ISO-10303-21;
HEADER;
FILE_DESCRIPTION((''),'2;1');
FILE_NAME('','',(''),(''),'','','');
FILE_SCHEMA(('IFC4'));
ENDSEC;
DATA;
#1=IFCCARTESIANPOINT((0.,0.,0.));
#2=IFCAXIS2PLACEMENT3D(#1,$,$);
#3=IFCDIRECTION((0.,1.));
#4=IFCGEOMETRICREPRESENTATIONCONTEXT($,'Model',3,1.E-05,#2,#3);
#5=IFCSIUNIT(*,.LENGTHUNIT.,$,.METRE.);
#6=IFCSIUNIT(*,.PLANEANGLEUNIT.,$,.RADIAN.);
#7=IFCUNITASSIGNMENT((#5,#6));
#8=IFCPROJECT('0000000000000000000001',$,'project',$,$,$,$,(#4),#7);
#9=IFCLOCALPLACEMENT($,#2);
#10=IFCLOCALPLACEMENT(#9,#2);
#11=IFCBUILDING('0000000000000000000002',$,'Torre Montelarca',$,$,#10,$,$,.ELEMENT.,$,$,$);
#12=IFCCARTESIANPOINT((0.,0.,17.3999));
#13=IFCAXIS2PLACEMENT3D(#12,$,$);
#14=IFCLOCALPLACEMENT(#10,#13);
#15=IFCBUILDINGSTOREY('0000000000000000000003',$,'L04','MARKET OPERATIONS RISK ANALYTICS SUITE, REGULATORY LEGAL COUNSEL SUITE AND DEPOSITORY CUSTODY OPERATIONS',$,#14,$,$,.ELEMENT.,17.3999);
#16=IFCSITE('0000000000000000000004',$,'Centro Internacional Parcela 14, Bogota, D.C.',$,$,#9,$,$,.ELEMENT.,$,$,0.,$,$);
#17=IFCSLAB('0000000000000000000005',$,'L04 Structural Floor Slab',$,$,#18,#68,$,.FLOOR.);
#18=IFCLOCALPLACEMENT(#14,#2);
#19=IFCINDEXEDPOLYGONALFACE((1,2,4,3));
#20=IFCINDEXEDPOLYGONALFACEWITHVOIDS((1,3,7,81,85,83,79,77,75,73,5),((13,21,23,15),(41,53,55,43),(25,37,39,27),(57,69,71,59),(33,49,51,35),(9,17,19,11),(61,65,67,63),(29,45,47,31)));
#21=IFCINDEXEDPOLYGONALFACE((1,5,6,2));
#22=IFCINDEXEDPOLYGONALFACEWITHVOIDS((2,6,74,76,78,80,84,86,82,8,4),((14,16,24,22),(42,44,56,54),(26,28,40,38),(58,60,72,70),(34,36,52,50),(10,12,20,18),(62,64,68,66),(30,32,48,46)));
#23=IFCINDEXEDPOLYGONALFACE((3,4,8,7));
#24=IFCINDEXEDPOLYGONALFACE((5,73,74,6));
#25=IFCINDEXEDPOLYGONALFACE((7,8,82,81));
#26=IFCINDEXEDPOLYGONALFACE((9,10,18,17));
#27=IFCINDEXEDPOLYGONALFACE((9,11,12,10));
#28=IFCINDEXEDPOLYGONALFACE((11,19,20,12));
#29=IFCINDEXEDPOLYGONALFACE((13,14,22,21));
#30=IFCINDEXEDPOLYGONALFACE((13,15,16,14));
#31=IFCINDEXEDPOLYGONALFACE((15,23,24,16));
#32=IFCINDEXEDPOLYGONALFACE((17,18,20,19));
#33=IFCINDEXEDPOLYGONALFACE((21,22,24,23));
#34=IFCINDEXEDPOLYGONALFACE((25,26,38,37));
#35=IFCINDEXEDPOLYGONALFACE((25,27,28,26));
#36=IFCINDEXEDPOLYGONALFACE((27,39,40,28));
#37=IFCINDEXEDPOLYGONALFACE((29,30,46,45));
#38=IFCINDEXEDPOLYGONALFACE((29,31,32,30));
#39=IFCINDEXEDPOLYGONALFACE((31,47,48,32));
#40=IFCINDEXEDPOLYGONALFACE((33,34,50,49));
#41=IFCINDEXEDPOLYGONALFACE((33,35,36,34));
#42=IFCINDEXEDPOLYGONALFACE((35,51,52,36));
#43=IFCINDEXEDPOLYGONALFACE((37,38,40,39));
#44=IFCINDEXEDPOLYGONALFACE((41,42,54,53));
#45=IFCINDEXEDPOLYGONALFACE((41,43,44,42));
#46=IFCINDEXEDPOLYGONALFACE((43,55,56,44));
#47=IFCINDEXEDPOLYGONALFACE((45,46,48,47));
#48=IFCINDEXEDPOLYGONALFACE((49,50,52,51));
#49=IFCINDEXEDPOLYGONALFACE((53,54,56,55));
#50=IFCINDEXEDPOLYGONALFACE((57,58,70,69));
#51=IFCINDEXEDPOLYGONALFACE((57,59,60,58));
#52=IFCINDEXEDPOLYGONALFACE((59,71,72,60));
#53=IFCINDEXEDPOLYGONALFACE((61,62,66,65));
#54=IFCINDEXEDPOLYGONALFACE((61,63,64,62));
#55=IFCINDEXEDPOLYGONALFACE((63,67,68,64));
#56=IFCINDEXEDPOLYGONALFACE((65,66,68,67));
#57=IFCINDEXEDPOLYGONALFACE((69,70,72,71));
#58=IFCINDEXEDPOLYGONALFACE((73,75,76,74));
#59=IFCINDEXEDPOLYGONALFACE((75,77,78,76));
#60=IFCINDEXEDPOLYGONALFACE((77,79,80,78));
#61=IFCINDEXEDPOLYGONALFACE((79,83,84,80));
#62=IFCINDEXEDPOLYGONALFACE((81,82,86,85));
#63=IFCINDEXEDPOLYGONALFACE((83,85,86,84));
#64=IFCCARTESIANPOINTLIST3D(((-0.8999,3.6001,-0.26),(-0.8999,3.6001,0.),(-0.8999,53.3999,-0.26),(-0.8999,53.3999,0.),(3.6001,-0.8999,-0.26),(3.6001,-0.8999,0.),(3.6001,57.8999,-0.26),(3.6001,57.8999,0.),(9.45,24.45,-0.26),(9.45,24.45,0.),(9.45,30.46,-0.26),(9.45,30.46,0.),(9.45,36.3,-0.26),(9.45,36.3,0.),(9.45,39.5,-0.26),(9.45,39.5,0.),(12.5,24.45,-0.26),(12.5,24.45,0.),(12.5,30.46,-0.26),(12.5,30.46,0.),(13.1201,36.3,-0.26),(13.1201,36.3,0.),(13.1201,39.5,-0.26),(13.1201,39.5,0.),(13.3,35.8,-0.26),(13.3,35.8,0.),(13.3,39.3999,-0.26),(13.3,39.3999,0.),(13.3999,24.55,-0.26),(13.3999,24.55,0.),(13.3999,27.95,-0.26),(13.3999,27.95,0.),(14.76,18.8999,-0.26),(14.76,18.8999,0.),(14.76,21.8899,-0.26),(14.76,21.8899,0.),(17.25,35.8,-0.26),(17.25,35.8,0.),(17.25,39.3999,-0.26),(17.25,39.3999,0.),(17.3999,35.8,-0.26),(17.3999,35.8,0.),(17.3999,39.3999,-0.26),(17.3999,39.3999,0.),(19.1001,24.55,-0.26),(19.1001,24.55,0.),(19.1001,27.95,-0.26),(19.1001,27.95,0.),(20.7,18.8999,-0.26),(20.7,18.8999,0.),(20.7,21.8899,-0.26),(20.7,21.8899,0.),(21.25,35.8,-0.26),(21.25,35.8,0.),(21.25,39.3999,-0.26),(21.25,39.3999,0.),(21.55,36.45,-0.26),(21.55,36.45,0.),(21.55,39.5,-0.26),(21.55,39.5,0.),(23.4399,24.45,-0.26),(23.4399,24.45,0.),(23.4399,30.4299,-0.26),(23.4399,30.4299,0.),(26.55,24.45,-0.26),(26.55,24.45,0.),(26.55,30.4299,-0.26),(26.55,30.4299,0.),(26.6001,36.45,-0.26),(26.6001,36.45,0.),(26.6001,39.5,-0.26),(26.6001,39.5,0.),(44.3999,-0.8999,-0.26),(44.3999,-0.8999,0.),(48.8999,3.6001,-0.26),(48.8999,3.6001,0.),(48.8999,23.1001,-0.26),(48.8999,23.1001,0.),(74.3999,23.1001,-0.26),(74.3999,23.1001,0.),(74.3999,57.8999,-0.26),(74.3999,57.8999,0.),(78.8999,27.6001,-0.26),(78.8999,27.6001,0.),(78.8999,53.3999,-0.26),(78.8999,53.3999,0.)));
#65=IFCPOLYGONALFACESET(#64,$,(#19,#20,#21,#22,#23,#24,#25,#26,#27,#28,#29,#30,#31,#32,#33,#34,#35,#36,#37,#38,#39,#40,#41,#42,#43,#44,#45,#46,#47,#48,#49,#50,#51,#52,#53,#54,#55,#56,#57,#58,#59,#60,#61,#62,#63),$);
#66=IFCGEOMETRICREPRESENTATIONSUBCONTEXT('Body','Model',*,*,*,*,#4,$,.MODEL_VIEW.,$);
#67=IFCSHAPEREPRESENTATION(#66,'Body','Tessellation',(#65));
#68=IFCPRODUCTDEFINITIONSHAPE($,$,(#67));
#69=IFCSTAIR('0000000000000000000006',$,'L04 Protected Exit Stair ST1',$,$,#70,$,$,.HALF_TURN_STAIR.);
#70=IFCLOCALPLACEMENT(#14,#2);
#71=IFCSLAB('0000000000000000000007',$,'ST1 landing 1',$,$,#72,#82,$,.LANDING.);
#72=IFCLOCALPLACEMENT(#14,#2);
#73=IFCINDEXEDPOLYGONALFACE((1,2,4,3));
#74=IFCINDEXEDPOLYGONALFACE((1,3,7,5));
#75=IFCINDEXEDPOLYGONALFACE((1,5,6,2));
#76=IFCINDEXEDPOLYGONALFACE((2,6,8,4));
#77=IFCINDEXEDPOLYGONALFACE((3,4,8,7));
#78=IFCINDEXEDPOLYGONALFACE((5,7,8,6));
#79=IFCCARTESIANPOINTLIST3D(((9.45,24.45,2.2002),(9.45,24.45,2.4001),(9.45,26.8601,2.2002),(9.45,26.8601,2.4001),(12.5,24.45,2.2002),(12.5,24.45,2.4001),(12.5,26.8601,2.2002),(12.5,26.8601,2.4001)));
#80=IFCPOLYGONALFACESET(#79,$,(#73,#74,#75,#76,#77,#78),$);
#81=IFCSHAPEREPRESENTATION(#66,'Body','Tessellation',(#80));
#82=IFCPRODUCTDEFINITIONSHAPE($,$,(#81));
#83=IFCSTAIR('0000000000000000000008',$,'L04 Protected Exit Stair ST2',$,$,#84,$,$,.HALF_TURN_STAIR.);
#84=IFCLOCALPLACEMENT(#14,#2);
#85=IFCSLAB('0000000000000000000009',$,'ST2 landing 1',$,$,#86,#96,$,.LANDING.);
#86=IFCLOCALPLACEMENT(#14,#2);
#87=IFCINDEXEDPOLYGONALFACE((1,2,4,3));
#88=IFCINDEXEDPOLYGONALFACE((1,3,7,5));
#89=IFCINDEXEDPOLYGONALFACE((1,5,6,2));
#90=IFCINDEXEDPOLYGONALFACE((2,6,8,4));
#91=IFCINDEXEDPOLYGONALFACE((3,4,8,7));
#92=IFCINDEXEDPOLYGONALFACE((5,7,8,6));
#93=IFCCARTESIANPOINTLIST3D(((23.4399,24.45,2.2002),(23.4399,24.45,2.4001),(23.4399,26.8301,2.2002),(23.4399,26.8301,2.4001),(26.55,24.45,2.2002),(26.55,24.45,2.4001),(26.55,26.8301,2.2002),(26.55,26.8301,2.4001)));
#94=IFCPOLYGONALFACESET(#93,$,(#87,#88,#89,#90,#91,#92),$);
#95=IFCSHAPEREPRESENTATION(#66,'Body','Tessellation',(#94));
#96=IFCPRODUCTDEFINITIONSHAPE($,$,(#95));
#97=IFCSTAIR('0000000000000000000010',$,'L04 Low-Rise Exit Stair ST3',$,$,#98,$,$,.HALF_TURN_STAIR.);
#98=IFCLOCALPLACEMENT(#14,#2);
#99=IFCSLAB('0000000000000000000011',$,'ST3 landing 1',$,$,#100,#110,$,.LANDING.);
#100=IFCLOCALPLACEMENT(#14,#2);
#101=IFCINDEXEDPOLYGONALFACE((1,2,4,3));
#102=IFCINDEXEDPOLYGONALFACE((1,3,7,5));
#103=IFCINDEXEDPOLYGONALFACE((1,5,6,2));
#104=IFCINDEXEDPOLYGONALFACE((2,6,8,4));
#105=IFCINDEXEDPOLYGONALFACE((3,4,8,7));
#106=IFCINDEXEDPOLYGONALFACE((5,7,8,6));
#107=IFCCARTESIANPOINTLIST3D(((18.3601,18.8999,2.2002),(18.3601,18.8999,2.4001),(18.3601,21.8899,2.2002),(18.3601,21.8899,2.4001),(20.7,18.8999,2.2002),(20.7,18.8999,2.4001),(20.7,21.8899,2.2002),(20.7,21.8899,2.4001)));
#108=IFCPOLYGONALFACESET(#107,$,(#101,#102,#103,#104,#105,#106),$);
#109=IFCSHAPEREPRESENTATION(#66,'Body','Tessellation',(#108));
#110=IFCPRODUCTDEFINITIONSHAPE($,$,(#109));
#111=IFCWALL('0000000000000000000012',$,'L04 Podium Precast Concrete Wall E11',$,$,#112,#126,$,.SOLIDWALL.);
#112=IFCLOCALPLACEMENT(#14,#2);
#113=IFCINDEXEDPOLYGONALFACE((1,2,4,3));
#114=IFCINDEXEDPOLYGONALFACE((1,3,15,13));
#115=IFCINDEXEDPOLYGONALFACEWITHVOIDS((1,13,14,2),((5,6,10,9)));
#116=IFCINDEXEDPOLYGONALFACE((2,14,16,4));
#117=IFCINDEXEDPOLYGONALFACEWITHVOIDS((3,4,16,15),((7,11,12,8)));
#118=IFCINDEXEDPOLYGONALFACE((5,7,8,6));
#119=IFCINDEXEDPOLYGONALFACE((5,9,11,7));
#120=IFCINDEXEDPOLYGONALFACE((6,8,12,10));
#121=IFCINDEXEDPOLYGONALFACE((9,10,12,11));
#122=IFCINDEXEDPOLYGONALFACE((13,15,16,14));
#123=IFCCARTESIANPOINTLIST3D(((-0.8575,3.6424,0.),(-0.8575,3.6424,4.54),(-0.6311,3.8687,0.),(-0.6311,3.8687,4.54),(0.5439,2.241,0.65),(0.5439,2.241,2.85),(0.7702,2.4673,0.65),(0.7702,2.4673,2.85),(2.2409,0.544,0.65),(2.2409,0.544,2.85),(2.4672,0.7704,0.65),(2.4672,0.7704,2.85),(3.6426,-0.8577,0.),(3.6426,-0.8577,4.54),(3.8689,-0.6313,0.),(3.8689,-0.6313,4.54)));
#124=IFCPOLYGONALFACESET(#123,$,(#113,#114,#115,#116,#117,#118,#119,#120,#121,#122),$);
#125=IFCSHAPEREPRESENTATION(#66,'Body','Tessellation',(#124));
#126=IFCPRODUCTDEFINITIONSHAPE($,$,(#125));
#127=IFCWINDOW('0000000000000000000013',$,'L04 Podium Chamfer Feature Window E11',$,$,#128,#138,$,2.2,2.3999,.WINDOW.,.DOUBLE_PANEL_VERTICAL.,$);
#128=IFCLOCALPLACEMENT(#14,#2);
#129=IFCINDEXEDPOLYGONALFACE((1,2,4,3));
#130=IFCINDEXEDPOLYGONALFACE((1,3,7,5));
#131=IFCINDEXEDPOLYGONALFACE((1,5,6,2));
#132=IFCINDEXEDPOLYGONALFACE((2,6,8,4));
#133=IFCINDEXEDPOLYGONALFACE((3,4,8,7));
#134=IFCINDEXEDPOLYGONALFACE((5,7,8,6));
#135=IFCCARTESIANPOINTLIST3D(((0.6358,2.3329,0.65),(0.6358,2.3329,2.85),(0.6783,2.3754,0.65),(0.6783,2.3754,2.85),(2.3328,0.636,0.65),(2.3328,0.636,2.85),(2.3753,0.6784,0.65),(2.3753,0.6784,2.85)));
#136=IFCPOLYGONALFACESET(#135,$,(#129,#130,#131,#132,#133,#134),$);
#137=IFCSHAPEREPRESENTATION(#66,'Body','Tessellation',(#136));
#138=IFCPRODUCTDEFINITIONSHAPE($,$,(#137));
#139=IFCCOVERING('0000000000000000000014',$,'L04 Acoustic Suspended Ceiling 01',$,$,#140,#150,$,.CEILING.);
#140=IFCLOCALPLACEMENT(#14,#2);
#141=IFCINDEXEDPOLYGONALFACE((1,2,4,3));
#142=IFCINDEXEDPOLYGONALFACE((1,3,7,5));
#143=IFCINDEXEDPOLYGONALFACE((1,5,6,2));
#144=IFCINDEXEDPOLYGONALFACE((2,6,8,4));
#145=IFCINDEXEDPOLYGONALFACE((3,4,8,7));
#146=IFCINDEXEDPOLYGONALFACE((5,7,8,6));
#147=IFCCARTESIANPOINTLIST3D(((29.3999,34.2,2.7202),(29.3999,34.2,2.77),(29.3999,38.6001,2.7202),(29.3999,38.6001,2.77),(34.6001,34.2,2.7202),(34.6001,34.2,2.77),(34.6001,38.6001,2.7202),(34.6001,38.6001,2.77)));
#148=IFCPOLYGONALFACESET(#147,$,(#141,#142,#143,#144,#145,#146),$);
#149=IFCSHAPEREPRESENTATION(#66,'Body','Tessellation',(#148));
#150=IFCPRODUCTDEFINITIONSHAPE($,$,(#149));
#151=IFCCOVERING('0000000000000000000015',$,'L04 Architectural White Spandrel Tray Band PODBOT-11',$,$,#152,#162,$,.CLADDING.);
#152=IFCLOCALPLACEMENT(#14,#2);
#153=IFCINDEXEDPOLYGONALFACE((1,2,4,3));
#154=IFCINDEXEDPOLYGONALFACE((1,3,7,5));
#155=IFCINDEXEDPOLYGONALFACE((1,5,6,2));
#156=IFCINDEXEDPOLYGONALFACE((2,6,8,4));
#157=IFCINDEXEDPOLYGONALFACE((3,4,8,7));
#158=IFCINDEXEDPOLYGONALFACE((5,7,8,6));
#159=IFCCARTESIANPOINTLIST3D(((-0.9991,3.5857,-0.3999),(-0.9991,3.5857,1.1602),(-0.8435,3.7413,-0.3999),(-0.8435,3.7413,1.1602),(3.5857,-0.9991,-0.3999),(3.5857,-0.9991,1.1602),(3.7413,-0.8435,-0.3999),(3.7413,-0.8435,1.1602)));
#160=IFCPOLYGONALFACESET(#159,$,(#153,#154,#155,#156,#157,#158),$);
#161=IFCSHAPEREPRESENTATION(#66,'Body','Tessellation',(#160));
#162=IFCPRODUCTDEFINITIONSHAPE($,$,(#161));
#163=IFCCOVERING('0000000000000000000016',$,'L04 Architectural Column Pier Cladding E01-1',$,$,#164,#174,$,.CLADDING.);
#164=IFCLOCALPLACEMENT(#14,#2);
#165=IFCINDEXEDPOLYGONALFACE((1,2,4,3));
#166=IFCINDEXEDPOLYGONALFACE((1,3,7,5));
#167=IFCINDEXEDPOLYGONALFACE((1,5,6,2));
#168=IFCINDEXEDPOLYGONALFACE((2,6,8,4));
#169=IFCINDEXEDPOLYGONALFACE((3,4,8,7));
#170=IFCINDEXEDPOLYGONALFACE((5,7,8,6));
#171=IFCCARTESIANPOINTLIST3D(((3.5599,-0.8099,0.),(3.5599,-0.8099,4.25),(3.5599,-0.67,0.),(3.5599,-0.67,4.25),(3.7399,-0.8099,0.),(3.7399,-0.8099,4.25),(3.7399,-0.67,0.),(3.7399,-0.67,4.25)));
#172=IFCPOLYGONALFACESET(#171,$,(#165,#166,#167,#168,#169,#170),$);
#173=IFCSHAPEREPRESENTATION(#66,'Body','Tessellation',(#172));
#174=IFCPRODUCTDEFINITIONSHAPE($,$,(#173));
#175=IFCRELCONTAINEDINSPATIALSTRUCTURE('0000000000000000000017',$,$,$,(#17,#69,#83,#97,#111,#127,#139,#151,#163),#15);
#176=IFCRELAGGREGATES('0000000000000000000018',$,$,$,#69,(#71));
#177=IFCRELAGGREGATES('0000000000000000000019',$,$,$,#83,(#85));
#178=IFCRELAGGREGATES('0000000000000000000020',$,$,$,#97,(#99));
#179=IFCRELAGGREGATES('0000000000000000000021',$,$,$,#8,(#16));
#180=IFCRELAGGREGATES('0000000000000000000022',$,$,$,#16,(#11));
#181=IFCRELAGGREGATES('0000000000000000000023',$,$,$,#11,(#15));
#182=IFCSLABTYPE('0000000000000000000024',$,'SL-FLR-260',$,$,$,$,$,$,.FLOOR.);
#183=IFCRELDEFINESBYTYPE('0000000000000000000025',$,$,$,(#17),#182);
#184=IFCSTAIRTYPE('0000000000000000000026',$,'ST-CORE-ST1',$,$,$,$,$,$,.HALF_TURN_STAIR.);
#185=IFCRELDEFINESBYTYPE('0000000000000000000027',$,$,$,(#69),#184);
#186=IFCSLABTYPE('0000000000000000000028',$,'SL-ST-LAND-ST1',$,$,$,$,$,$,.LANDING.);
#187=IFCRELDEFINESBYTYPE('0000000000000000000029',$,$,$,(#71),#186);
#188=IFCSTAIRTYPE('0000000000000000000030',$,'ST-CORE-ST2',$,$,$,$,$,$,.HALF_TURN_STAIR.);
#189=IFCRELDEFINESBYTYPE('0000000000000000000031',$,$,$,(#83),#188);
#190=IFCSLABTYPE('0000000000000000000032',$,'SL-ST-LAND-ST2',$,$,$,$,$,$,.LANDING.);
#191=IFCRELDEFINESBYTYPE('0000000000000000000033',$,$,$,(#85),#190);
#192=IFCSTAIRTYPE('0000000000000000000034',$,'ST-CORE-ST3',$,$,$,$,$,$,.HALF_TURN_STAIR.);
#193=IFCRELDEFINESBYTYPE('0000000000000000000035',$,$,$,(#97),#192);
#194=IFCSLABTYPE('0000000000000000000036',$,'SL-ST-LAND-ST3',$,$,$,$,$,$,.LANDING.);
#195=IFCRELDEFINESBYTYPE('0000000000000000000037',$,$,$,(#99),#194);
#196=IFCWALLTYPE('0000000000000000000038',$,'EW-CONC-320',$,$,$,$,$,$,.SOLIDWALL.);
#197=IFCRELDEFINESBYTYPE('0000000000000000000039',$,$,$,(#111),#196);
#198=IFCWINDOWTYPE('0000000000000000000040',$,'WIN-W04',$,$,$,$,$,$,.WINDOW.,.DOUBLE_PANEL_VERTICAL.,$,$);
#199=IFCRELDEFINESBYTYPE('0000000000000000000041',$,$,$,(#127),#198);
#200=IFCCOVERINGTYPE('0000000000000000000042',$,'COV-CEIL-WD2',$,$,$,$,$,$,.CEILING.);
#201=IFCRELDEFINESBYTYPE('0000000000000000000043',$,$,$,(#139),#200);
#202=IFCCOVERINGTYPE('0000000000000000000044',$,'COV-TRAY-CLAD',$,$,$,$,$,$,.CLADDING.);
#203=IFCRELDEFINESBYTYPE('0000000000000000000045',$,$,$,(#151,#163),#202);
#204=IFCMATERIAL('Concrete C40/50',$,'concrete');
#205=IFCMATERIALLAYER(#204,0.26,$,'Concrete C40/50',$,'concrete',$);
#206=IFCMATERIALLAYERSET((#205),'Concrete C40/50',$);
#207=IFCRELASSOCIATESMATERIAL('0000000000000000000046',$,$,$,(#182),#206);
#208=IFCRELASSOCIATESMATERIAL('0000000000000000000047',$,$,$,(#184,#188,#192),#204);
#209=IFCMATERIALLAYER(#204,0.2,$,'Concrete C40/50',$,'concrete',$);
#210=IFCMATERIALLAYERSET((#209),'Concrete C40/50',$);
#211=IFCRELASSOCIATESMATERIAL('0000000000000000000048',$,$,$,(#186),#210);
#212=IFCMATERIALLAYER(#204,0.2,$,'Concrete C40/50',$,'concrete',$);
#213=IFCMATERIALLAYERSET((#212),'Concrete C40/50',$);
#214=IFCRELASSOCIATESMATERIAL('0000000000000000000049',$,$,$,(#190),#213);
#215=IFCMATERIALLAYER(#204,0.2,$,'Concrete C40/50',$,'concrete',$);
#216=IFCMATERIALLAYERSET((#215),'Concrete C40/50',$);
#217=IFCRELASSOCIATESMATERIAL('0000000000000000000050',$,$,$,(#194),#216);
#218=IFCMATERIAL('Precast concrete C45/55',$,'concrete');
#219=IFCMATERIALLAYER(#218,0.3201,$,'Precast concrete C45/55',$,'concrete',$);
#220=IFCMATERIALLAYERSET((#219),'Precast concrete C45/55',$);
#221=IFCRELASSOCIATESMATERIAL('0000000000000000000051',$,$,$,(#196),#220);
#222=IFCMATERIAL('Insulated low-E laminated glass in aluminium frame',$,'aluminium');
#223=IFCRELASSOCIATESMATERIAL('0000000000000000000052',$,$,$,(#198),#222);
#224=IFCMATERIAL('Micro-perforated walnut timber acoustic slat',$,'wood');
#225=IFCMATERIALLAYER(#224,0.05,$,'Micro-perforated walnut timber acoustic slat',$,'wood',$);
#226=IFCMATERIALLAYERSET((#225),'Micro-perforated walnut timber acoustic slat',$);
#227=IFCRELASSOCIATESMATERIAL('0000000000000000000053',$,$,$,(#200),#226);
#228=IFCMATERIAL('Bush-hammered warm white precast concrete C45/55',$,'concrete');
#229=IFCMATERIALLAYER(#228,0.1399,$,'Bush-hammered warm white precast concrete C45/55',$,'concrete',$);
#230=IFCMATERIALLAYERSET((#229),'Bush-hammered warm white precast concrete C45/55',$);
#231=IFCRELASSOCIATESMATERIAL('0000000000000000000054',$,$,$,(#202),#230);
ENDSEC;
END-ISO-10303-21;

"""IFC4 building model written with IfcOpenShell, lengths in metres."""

from ifc_helpers import new_model, si_unit, direction, frame, frame_2d, origin, origin_2d, place, context, subcontext, project, spatial, polyline, rectangle, outline, extrude, source, transform, mapped, material, layer, layer_set, type_object, element, fill, aggregate, save


model = new_model("IFC4")

# Units and contexts
model_context = context("Model", 3, precision=1e-05, world=origin(), true_north=direction((0.0, 1.0)))
body_context = subcontext(model_context, "Body", "Model", "MODEL_VIEW")
ifc_project = project(units=[si_unit("LENGTHUNIT", "METRE"), si_unit("PLANEANGLEUNIT", "RADIAN")], contexts=[model_context])

# Site, building, storey
site_placement = place(None, origin())
site = spatial("IfcSite", under=ifc_project, at=site_placement, Name="Centro Internacional Parcela 14, Bogota, D.C.", CompositionType="ELEMENT", RefElevation=0.0)
building_placement = place(site_placement, origin())
building = spatial("IfcBuilding", under=site, at=building_placement, Name="Torre Montelarca", CompositionType="ELEMENT")
storey_placement = place(building_placement, frame((0.0, 0.0, 17.3999)))
storey = spatial("IfcBuildingStorey", under=building, at=storey_placement, Name="L04", Description="MARKET OPERATIONS RISK ANALYTICS SUITE, REGULATORY LEGAL COUNSEL SUITE AND DEPOSITORY CUSTODY OPERATIONS", CompositionType="ELEMENT", Elevation=17.3999)

# Slab
ifc_material_1 = material(Name="Concrete C40/50", Category="concrete")
ifc_layer_1 = layer(ifc_material_1, 0.26, Name="Concrete C40/50", Category="concrete")
ifc_layer_set_1 = layer_set([ifc_layer_1], Name="Concrete C40/50")
slab_type_1 = type_object("IfcSlabType", Name="SL-FLR-260", PredefinedType="FLOOR", material=ifc_layer_set_1)
slab_1_placement = place(storey_placement, frame((0.0, 0.0, -0.26)))
element("IfcSlab", 1, at=slab_1_placement, inside=storey, type_object=slab_type_1, Name="L04 Structural Floor Slab", PredefinedType="FLOOR", context=body_context, shape_type="SweptSolid", body=[
    extrude(outline(polyline([(44.3999, -0.8999), (48.8999, 3.6001), (48.8999, 23.1001), (74.3999, 23.1001), (78.8999, 27.6001), (78.8999, 53.3999), (74.3999, 57.8999), (3.6001, 57.8999), (-0.8999, 53.3999), (-0.8999, 3.6001), (3.6001, -0.8999), (44.3999, -0.8999)]), holes=[polyline([(20.7, 18.8999), (14.76, 18.8999), (14.76, 21.8899), (20.7, 21.8899), (20.7, 18.8999)]), polyline([(19.1001, 24.55), (13.3999, 24.55), (13.3999, 27.95), (19.1001, 27.95), (19.1001, 24.55)]), polyline([(23.4399, 24.45), (23.4399, 30.4299), (26.55, 30.4299), (26.55, 24.45), (23.4399, 24.45)]), polyline([(9.45, 24.45), (9.45, 30.46), (12.5, 30.46), (12.5, 24.45), (9.45, 24.45)]), polyline([(17.25, 35.8), (13.3, 35.8), (13.3, 39.3999), (17.25, 39.3999), (17.25, 35.8)]), polyline([(21.25, 35.8), (17.3999, 35.8), (17.3999, 39.3999), (21.25, 39.3999), (21.25, 35.8)]), polyline([(13.1201, 36.3), (9.45, 36.3), (9.45, 39.5), (13.1201, 39.5), (13.1201, 36.3)]), polyline([(26.6001, 36.45), (21.55, 36.45), (21.55, 39.5), (26.6001, 39.5), (26.6001, 36.45)])]), origin(), (0.0, 0.0, 1.0), 0.26),
])

# Stairs, slabs
stair_type_1 = type_object("IfcStairType", Name="ST-CORE-ST1", PredefinedType="HALF_TURN_STAIR", material=ifc_material_1)
stair_1_placement = place(storey_placement, origin())
stair_1 = element("IfcStair", 2, at=stair_1_placement, inside=storey, type_object=stair_type_1, Name="L04 Protected Exit Stair ST1", PredefinedType="HALF_TURN_STAIR")
ifc_layer_2 = layer(ifc_material_1, 0.2, Name="Concrete C40/50", Category="concrete")
ifc_layer_set_2 = layer_set([ifc_layer_2], Name="Concrete C40/50")
slab_type_2 = type_object("IfcSlabType", Name="SL-ST-LAND-ST1", PredefinedType="LANDING", material=ifc_layer_set_2)
slab_2_placement = place(storey_placement, frame((0.0, 0.0, 2.2002)))
slab_2 = element("IfcSlab", 3, at=slab_2_placement, type_object=slab_type_2, Name="ST1 landing 1", PredefinedType="LANDING", context=body_context, shape_type="SweptSolid", body=[
    extrude(outline(polyline([(9.45, 26.8601), (9.45, 24.45), (12.5, 24.45), (12.5, 26.8601), (9.45, 26.8601)])), origin(), (0.0, 0.0, 1.0), 0.2),
])
aggregate(stair_1, [slab_2])
stair_type_2 = type_object("IfcStairType", Name="ST-CORE-ST2", PredefinedType="HALF_TURN_STAIR", material=ifc_material_1)
stair_2_placement = place(storey_placement, origin())
stair_2 = element("IfcStair", 4, at=stair_2_placement, inside=storey, type_object=stair_type_2, Name="L04 Protected Exit Stair ST2", PredefinedType="HALF_TURN_STAIR")
ifc_layer_3 = layer(ifc_material_1, 0.2, Name="Concrete C40/50", Category="concrete")
ifc_layer_set_3 = layer_set([ifc_layer_3], Name="Concrete C40/50")
slab_type_3 = type_object("IfcSlabType", Name="SL-ST-LAND-ST2", PredefinedType="LANDING", material=ifc_layer_set_3)
slab_3_placement = place(storey_placement, frame((0.0, 0.0, 2.2002)))
slab_3 = element("IfcSlab", 5, at=slab_3_placement, type_object=slab_type_3, Name="ST2 landing 1", PredefinedType="LANDING", context=body_context, shape_type="SweptSolid", body=[
    extrude(outline(polyline([(23.4399, 26.8301), (23.4399, 24.45), (26.55, 24.45), (26.55, 26.8301), (23.4399, 26.8301)])), origin(), (0.0, 0.0, 1.0), 0.2),
])
aggregate(stair_2, [slab_3])
stair_type_3 = type_object("IfcStairType", Name="ST-CORE-ST3", PredefinedType="HALF_TURN_STAIR", material=ifc_material_1)
stair_3_placement = place(storey_placement, origin())
stair_3 = element("IfcStair", 6, at=stair_3_placement, inside=storey, type_object=stair_type_3, Name="L04 Low-Rise Exit Stair ST3", PredefinedType="HALF_TURN_STAIR")
ifc_layer_4 = layer(ifc_material_1, 0.2, Name="Concrete C40/50", Category="concrete")
ifc_layer_set_4 = layer_set([ifc_layer_4], Name="Concrete C40/50")
slab_type_4 = type_object("IfcSlabType", Name="SL-ST-LAND-ST3", PredefinedType="LANDING", material=ifc_layer_set_4)
slab_4_placement = place(storey_placement, frame((0.0, 0.0, 2.2002)))
slab_4 = element("IfcSlab", 7, at=slab_4_placement, type_object=slab_type_4, Name="ST3 landing 1", PredefinedType="LANDING", context=body_context, shape_type="SweptSolid", body=[
    extrude(outline(polyline([(18.3601, 18.8999), (20.7, 18.8999), (20.7, 21.8899), (18.3601, 21.8899), (18.3601, 18.8999)])), origin(), (0.0, 0.0, 1.0), 0.2),
])
aggregate(stair_3, [slab_4])

# Wall, opening, window
ifc_material_2 = material(Name="Precast concrete C45/55", Category="concrete")
ifc_layer_5 = layer(ifc_material_2, 0.3201, Name="Precast concrete C45/55", Category="concrete")
ifc_layer_set_5 = layer_set([ifc_layer_5], Name="Precast concrete C45/55")
wall_type = type_object("IfcWallType", Name="EW-CONC-320", PredefinedType="SOLIDWALL", material=ifc_layer_set_5)
wall_placement = place(storey_placement, frame((-0.7444, 3.7556, 0.0), z_axis=(0.0, 0.0, 1.0), x_axis=(0.707107, -0.707107, 0.0)))
wall = element("IfcWall", 8, at=wall_placement, inside=storey, type_object=wall_type, Name="L04 Podium Precast Concrete Wall E11", PredefinedType="SOLIDWALL", context=body_context, shape_type="SweptSolid", body=[
    extrude(rectangle(XDim=6.364, YDim=0.3201, at=frame_2d((3.1821, 0.0))), origin(), (0.0, 0.0, 1.0), 4.54),
])
opening_placement = place(wall_placement, frame((1.9819, 0.0, 0.6499)))
opening = element("IfcOpeningElement", 9, at=opening_placement, cuts=wall, PredefinedType="OPENING", context=body_context, shape_type="SweptSolid", body=[
    extrude(rectangle(XDim=2.3999, YDim=2.2, at=frame_2d((1.2, 1.1001))), frame((0.0, 0.1699, 0.0), z_axis=(0.0, -1.0, 0.0), x_axis=(1.0, 0.0, 0.0)), (0.0, 0.0, 1.0), 0.3401),
])
ifc_material_3 = material(Name="Insulated low-E laminated glass in aluminium frame", Category="aluminium")
window_type = type_object("IfcWindowType", Name="WIN-W04", PartitioningType="DOUBLE_PANEL_VERTICAL", PredefinedType="WINDOW", material=ifc_material_3)
shared_shape_1 = source(origin(), body_context, "Body", "SweptSolid", [
    extrude(rectangle(XDim=2.3999, YDim=2.2, at=frame_2d((1.2, 1.1001))), frame((0.0, 0.03, 0.0), z_axis=(0.0, -1.0, 0.0), x_axis=(1.0, 0.0, 0.0)), (0.0, 0.0, 1.0), 0.0601),
])
window_placement = place(opening_placement, origin())
window = element("IfcWindow", 10, at=window_placement, inside=storey, type_object=window_type, Name="L04 Podium Chamfer Feature Window E11", OverallHeight=2.2, OverallWidth=2.3999, PartitioningType="DOUBLE_PANEL_VERTICAL", PredefinedType="WINDOW", context=body_context, shape_type="MappedRepresentation", body=[
    mapped(shared_shape_1, transform((0.0, 0.0, 0.0), scale=1.0)),
])
fill(opening, window)

# Coverings
ifc_material_4 = material(Name="Micro-perforated walnut timber acoustic slat", Category="wood")
ifc_layer_6 = layer(ifc_material_4, 0.05, Name="Micro-perforated walnut timber acoustic slat", Category="wood")
ifc_layer_set_6 = layer_set([ifc_layer_6], Name="Micro-perforated walnut timber acoustic slat")
covering_type_1 = type_object("IfcCoveringType", Name="COV-CEIL-WD2", PredefinedType="CEILING", material=ifc_layer_set_6)
covering_1_placement = place(storey_placement, frame((0.0, 0.0, 2.7202)))
element("IfcCovering", 11, at=covering_1_placement, inside=storey, type_object=covering_type_1, Name="L04 Acoustic Suspended Ceiling 01", PredefinedType="CEILING", context=body_context, shape_type="SweptSolid", body=[
    extrude(outline(polyline([(29.3999, 34.2), (34.6001, 34.2), (34.6001, 38.6001), (29.3999, 38.6001), (29.3999, 34.2)])), origin(), (0.0, 0.0, 1.0), 0.0498),
])
ifc_material_5 = material(Name="Bush-hammered warm white precast concrete C45/55", Category="concrete")
ifc_layer_7 = layer(ifc_material_5, 0.1399, Name="Bush-hammered warm white precast concrete C45/55", Category="concrete")
ifc_layer_set_7 = layer_set([ifc_layer_7], Name="Bush-hammered warm white precast concrete C45/55")
covering_type_2 = type_object("IfcCoveringType", Name="COV-TRAY-CLAD", PredefinedType="CLADDING", material=ifc_layer_set_7)
shared_shape_2 = source(origin(), body_context, "Body", "SweptSolid", [
    extrude(rectangle(XDim=6.4839, YDim=0.22, at=origin_2d()), origin(), (0.0, 0.0, 1.0), 1.5601),
])
covering_2_placement = place(storey_placement, frame((1.3711, 1.3711, -0.3999), z_axis=(0.0, 0.0, 1.0), x_axis=(0.707107, -0.707107, 0.0)))
element("IfcCovering", 12, at=covering_2_placement, inside=storey, type_object=covering_type_2, Name="L04 Architectural White Spandrel Tray Band PODBOT-11", PredefinedType="CLADDING", context=body_context, shape_type="MappedRepresentation", body=[
    mapped(shared_shape_2, transform((0.0, 0.0, 0.0), scale=1.0)),
])
shared_shape_3 = source(origin(), body_context, "Body", "SweptSolid", [
    extrude(rectangle(XDim=0.1799, YDim=0.1399, at=origin_2d()), origin(), (0.0, 0.0, 1.0), 4.25),
])
covering_3_placement = place(storey_placement, frame((3.6499, -0.74, 0.0), z_axis=(0.0, 0.0, 1.0), x_axis=(1.0, 0.0, 0.0)))
element("IfcCovering", 13, at=covering_3_placement, inside=storey, type_object=covering_type_2, Name="L04 Architectural Column Pier Cladding E01-1", PredefinedType="CLADDING", context=body_context, shape_type="MappedRepresentation", body=[
    mapped(shared_shape_3, transform((0.0, 0.0, 0.0), scale=1.0)),
])

save(model, "model.ifc")
